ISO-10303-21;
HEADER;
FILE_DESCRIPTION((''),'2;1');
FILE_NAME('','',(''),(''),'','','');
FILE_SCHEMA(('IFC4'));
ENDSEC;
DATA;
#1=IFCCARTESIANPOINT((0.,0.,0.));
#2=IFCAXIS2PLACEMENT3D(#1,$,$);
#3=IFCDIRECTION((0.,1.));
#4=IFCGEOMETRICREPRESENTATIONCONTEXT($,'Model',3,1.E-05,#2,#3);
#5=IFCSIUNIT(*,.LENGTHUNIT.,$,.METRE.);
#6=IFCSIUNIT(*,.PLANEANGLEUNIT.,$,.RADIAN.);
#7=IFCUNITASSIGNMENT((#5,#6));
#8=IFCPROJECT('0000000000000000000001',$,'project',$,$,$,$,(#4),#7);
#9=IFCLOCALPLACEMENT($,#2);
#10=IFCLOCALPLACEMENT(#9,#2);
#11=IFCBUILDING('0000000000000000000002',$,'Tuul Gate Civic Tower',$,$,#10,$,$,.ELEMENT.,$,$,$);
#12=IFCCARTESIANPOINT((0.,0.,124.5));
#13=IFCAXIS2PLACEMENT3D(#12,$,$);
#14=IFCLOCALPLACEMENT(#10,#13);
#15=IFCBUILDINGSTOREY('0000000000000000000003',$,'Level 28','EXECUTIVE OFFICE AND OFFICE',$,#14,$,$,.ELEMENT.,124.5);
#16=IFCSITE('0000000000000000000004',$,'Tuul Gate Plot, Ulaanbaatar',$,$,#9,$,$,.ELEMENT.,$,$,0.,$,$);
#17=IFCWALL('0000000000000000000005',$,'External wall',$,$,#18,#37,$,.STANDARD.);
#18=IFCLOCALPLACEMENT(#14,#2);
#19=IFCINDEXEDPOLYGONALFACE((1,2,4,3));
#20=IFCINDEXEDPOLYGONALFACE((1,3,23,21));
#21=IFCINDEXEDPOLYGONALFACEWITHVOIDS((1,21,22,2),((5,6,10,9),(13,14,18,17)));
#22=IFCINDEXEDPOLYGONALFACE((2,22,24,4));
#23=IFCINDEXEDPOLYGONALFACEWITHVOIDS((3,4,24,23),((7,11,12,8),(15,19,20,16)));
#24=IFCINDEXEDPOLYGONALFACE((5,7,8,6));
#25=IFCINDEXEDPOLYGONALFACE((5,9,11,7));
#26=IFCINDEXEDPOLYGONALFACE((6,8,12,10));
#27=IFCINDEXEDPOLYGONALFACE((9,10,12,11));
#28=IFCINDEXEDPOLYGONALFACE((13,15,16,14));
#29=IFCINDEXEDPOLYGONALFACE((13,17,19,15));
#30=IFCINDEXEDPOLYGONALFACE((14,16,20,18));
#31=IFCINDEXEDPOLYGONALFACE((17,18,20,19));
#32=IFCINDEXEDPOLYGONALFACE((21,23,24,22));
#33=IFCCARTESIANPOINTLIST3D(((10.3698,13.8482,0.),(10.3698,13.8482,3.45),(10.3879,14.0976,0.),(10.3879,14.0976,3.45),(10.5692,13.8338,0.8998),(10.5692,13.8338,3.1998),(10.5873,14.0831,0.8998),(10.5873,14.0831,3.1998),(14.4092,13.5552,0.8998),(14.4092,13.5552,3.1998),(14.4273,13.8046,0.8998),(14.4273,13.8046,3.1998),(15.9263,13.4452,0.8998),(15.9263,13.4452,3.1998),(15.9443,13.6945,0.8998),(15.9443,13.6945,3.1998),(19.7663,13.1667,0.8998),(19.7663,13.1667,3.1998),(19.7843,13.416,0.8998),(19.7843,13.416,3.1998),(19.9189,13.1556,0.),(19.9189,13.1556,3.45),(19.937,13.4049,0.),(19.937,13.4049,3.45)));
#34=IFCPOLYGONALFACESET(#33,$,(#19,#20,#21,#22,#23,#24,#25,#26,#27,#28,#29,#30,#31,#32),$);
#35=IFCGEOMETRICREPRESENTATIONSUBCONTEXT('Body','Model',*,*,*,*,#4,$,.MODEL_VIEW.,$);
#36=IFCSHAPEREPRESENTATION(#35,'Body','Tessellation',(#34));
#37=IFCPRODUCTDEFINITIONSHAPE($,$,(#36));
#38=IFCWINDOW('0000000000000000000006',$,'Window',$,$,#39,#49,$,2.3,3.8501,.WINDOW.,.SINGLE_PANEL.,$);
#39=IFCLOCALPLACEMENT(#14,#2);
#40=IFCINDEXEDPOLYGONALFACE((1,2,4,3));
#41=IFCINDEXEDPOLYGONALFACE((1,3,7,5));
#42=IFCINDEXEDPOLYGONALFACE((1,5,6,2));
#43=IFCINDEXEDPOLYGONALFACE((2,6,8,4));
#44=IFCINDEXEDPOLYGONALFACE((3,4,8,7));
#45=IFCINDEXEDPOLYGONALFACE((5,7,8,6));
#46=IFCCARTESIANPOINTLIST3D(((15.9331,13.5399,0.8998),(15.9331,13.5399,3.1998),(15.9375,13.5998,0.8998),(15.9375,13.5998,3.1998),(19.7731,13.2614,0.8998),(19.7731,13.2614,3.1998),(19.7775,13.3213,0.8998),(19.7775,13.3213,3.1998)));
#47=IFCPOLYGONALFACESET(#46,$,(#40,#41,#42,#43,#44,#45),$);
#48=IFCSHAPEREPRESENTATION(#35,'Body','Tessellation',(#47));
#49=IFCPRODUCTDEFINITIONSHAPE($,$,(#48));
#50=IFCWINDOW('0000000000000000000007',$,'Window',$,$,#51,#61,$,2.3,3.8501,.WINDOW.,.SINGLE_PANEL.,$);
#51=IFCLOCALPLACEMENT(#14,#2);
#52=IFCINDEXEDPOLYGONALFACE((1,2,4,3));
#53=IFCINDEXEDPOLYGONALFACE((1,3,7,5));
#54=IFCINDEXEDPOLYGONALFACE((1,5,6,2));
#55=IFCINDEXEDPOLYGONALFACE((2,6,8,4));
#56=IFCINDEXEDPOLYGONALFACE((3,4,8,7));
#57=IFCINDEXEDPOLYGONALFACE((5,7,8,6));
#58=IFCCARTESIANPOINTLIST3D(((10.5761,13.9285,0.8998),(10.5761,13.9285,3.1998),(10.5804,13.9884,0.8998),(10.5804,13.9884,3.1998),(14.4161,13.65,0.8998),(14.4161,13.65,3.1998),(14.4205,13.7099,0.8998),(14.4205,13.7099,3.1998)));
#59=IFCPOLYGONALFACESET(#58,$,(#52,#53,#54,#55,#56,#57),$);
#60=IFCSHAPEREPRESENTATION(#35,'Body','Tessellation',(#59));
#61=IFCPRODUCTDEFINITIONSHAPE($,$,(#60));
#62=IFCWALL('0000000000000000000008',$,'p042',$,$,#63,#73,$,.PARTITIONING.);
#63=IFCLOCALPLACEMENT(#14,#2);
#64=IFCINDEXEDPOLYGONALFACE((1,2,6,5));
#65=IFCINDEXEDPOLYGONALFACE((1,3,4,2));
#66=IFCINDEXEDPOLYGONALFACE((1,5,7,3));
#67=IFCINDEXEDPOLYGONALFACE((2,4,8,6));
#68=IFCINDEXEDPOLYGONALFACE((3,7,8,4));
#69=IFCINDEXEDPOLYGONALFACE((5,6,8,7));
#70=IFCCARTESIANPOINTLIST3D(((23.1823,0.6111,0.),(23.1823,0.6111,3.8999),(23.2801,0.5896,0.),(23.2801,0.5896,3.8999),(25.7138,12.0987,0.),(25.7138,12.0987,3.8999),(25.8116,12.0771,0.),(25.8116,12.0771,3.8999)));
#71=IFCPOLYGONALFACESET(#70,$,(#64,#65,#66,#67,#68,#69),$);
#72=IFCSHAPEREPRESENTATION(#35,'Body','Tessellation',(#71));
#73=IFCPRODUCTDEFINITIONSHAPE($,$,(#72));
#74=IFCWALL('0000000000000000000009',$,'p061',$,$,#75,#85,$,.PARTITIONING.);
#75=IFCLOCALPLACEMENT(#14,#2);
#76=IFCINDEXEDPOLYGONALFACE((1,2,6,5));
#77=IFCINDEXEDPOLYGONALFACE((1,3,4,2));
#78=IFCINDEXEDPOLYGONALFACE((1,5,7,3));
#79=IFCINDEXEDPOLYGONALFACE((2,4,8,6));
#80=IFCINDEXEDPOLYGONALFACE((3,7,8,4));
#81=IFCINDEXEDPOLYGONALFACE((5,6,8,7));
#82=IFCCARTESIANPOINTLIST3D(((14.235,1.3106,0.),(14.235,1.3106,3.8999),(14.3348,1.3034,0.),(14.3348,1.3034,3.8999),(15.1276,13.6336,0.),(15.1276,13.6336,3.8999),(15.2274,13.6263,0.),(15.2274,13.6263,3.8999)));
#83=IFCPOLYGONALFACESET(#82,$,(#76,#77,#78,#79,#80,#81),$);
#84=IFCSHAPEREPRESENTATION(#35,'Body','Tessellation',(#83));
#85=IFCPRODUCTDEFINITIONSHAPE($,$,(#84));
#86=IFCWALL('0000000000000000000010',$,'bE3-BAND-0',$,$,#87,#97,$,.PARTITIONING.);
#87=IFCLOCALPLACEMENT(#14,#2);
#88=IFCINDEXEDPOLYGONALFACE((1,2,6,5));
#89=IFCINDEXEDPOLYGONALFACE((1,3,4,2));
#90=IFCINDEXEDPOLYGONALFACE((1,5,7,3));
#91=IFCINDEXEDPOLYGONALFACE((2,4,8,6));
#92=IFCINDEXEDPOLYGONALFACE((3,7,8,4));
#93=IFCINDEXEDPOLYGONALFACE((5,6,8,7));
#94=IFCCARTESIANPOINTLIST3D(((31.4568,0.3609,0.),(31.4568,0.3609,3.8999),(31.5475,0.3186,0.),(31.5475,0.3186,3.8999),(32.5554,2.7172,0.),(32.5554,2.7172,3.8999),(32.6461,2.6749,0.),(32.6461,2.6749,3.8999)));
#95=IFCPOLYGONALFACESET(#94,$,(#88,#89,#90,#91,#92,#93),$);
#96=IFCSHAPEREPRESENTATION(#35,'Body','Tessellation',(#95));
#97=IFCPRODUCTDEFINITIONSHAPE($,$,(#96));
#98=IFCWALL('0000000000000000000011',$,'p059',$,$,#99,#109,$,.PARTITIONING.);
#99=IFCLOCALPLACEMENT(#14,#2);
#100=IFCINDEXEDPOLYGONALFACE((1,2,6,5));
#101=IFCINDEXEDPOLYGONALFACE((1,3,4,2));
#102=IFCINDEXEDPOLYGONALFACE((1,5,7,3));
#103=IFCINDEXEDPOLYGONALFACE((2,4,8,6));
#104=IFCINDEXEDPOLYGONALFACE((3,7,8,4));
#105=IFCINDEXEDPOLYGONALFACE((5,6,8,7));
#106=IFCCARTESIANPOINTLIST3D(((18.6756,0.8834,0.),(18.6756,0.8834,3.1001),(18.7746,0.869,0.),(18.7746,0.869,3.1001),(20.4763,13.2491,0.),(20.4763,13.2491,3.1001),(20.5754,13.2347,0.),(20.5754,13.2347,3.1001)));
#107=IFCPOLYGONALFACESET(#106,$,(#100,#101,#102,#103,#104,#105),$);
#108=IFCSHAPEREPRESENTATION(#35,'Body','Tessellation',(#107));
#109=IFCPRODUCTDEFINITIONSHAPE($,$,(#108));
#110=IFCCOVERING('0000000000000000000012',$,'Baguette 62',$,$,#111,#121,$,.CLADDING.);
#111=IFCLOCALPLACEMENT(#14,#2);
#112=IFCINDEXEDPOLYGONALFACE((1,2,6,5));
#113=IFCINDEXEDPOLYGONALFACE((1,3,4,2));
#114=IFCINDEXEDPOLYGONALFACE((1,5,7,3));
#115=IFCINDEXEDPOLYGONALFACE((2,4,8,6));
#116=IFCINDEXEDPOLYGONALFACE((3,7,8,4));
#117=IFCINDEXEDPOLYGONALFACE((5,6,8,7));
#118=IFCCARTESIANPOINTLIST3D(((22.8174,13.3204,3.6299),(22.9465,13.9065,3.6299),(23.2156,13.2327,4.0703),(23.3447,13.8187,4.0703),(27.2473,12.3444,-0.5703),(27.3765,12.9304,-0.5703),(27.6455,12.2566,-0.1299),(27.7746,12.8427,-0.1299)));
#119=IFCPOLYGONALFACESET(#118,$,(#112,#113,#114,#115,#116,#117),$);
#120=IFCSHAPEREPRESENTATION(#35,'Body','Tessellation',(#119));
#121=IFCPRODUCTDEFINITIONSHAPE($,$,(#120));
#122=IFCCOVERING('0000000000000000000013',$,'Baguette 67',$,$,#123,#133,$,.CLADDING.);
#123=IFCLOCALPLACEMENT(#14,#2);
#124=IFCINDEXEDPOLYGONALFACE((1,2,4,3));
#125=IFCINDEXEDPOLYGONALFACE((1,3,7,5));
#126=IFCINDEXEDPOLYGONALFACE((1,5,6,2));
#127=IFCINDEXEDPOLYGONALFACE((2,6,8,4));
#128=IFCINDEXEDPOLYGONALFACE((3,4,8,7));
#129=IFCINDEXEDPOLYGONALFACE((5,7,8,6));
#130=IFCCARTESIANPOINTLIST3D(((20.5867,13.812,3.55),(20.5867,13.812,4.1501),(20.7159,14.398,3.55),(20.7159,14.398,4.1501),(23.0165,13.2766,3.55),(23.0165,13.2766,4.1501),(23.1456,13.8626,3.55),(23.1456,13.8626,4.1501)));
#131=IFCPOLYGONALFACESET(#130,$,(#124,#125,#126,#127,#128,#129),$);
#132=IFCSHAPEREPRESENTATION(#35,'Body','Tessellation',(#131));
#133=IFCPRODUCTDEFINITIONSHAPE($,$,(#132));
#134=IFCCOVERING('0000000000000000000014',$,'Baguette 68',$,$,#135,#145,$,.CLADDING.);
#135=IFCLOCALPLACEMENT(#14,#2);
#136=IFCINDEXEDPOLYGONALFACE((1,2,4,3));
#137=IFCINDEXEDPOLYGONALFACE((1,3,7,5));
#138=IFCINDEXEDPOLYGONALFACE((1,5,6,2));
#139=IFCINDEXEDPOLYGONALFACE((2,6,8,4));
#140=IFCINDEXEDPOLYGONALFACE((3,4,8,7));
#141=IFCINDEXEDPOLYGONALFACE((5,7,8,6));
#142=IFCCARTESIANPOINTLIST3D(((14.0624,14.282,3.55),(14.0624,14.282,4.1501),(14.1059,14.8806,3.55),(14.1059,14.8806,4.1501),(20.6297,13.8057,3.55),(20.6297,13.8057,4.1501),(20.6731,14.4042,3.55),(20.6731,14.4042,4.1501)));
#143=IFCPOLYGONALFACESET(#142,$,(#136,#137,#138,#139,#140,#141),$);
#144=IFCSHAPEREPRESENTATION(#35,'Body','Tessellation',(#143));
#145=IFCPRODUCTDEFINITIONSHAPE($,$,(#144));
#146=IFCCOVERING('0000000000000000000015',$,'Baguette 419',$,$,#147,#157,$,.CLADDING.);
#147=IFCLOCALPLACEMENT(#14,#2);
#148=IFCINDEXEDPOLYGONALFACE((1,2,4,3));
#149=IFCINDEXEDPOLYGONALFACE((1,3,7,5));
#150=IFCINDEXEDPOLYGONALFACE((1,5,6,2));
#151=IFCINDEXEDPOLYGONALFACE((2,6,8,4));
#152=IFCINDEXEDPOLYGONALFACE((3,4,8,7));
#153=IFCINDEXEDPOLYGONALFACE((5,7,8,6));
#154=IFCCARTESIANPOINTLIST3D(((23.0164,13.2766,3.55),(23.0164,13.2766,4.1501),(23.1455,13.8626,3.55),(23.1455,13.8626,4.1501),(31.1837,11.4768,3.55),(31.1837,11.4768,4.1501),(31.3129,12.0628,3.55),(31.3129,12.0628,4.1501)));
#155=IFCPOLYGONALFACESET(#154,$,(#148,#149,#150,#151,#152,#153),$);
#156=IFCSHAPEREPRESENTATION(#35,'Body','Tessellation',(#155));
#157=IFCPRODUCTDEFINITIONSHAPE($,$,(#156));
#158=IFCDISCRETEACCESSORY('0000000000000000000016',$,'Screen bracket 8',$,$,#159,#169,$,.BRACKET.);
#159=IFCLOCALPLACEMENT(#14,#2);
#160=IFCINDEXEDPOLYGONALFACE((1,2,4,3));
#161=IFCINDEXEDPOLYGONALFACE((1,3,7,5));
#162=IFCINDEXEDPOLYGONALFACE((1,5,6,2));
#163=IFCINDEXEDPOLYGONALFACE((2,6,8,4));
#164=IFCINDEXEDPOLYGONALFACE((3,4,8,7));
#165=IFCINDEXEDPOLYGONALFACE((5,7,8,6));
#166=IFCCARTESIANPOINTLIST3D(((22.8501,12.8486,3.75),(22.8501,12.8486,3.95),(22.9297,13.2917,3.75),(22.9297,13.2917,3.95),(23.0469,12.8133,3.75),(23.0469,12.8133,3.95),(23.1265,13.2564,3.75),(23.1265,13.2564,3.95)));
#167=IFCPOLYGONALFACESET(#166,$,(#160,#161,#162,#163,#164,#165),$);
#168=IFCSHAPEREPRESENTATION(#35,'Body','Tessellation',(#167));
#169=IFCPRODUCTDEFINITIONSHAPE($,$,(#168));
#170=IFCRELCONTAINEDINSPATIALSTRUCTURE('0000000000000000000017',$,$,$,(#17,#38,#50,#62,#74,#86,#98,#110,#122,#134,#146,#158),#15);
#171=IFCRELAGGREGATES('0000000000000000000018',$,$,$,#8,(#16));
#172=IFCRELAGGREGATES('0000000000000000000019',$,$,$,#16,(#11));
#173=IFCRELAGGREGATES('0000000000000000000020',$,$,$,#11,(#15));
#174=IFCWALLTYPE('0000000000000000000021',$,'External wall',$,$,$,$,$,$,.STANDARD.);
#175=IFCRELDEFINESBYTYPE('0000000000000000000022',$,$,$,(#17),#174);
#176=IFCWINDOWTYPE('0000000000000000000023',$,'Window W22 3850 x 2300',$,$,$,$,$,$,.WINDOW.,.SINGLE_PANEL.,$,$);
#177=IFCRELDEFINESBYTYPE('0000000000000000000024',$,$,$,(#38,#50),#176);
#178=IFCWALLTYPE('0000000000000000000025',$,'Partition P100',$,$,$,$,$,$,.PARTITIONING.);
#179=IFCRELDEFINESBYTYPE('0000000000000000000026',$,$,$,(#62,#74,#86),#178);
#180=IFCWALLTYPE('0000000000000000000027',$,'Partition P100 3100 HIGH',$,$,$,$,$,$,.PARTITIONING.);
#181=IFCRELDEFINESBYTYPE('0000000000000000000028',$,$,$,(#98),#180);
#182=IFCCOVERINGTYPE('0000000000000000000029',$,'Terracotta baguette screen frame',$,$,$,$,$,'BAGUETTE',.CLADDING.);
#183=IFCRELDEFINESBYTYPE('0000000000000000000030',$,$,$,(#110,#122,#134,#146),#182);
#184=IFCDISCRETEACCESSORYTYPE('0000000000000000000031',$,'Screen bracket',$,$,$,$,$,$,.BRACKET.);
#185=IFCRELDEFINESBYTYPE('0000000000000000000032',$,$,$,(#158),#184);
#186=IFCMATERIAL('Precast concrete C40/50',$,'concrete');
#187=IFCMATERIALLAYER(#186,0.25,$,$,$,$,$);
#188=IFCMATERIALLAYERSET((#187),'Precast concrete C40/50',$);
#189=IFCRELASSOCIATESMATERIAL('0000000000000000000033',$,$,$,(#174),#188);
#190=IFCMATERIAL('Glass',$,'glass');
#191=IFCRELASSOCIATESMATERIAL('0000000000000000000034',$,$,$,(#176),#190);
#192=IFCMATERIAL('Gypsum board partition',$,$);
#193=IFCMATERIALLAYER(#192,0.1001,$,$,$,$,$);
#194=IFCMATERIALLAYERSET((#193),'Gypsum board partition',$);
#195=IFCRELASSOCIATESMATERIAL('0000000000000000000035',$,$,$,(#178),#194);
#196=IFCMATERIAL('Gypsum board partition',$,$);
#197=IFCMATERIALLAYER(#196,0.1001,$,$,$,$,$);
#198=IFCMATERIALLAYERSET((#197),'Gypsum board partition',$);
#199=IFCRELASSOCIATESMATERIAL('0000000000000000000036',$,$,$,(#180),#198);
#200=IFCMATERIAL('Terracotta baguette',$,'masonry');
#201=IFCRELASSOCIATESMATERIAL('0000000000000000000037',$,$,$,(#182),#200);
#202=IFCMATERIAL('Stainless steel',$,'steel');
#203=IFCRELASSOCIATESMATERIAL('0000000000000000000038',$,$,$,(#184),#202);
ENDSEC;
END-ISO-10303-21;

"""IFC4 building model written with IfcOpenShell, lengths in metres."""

from ifc_helpers import new_model, si_unit, direction, frame, frame_2d, origin, origin_2d, place, context, subcontext, project, spatial, rectangle, extrude, material, layer, layer_set, material_profile, profile_set, type_object, element, fill, save


model = new_model("IFC4")

# Units and contexts
model_context = context("Model", 3, precision=1e-05, world=origin(), true_north=direction((0.0, 1.0)))
body_context = subcontext(model_context, "Body", "Model", "MODEL_VIEW")
ifc_project = project(units=[si_unit("LENGTHUNIT", "METRE"), si_unit("PLANEANGLEUNIT", "RADIAN")], contexts=[model_context])

# Site, building, storey
site_placement = place(None, origin())
site = spatial("IfcSite", under=ifc_project, at=site_placement, Name="Tuul Gate Plot, Ulaanbaatar", CompositionType="ELEMENT", RefElevation=0.0)
building_placement = place(site_placement, origin())
building = spatial("IfcBuilding", under=site, at=building_placement, Name="Tuul Gate Civic Tower", CompositionType="ELEMENT")
storey_placement = place(building_placement, frame((0.0, 0.0, 124.5)))
storey = spatial("IfcBuildingStorey", under=building, at=storey_placement, Name="Level 28", Description="EXECUTIVE OFFICE AND OFFICE", CompositionType="ELEMENT", Elevation=124.5)

# Wall, openings, windows
ifc_material_1 = material(Name="Precast concrete C40/50", Category="concrete")
ifc_layer_1 = layer(ifc_material_1, 0.25)
ifc_layer_set_1 = layer_set([ifc_layer_1], Name="Precast concrete C40/50")
wall_type_1 = type_object("IfcWallType", Name="External wall", PredefinedType="STANDARD", material=ifc_layer_set_1)
ifc_material_2 = material(Name="Glass", Category="glass")
window_type = type_object("IfcWindowType", Name="Window W22 3850 x 2300", PartitioningType="SINGLE_PANEL", PredefinedType="WINDOW", material=ifc_material_2)
wall_1_placement = place(storey_placement, frame((19.928, 13.2803, 0.0), z_axis=(0.0, 0.0, 1.0), x_axis=(-0.99738, 0.072343, 0.0)))
wall_1 = element("IfcWall", 1, at=wall_1_placement, inside=storey, type_object=wall_type_1, Name="External wall", PredefinedType="STANDARD", context=body_context, shape_type="SweptSolid", body=[
    extrude(rectangle(XDim=9.5742, YDim=0.25, at=frame_2d((4.7871, 0.0))), origin(), (0.0, 0.0, 1.0), 3.45),
])
opening_1_placement = place(wall_1_placement, frame((0.1531, 0.0, 0.8999)))
opening_1 = element("IfcOpeningElement", 2, at=opening_1_placement, cuts=wall_1, PredefinedType="OPENING", context=body_context, shape_type="SweptSolid", body=[
    extrude(rectangle(XDim=3.8501, YDim=2.3, at=frame_2d((1.925, 1.1499))), frame((0.0, 0.135, 0.0), z_axis=(0.0, -1.0, 0.0), x_axis=(1.0, 0.0, 0.0)), (0.0, 0.0, 1.0), 0.27),
])
opening_2_placement = place(wall_1_placement, frame((5.5242, 0.0, 0.8999)))
opening_2 = element("IfcOpeningElement", 3, at=opening_2_placement, cuts=wall_1, PredefinedType="OPENING", context=body_context, shape_type="SweptSolid", body=[
    extrude(rectangle(XDim=3.8501, YDim=2.3, at=frame_2d((1.925, 1.1499))), frame((0.0, 0.135, 0.0), z_axis=(0.0, -1.0, 0.0), x_axis=(1.0, 0.0, 0.0)), (0.0, 0.0, 1.0), 0.27),
])
window_1_placement = place(opening_1_placement, origin())
window_1 = element("IfcWindow", 4, at=window_1_placement, inside=storey, type_object=window_type, Name="Window", OverallHeight=2.3, OverallWidth=3.8501, PartitioningType="SINGLE_PANEL", PredefinedType="WINDOW", context=body_context, shape_type="SweptSolid", body=[
    extrude(rectangle(XDim=3.8501, YDim=2.3, at=frame_2d((1.925, 1.1499))), frame((0.0, 0.03, 0.0), z_axis=(0.0, -1.0, 0.0), x_axis=(1.0, 0.0, 0.0)), (0.0, 0.0, 1.0), 0.0601),
])
fill(opening_1, window_1)
window_2_placement = place(opening_2_placement, origin())
window_2 = element("IfcWindow", 5, at=window_2_placement, inside=storey, type_object=window_type, Name="Window", OverallHeight=2.3, OverallWidth=3.8501, PartitioningType="SINGLE_PANEL", PredefinedType="WINDOW", context=body_context, shape_type="SweptSolid", body=[
    extrude(rectangle(XDim=3.8501, YDim=2.3, at=frame_2d((1.925, 1.1499))), frame((0.0, 0.03, 0.0), z_axis=(0.0, -1.0, 0.0), x_axis=(1.0, 0.0, 0.0)), (0.0, 0.0, 1.0), 0.0601),
])
fill(opening_2, window_2)

# Walls
ifc_material_3 = material(Name="Gypsum board partition")
ifc_layer_2 = layer(ifc_material_3, 0.1001)
ifc_layer_set_2 = layer_set([ifc_layer_2], Name="Gypsum board partition")
wall_type_2 = type_object("IfcWallType", Name="Partition P100", PredefinedType="PARTITIONING", material=ifc_layer_set_2)
wall_2_placement = place(storey_placement, frame((23.2312, 0.6003, 0.0), z_axis=(0.0, 0.0, 1.0), x_axis=(0.215205, 0.976569, 0.0)))
element("IfcWall", 6, at=wall_2_placement, inside=storey, type_object=wall_type_2, Name="p042", PredefinedType="PARTITIONING", context=body_context, shape_type="SweptSolid", body=[
    extrude(rectangle(XDim=11.7632, YDim=0.1001, at=frame_2d((5.8816, 0.0))), origin(), (0.0, 0.0, 1.0), 3.8999),
])
wall_3_placement = place(storey_placement, frame((14.2849, 1.3069, 0.0), z_axis=(0.0, 0.0, 1.0), x_axis=(0.072243, 0.997387, 0.0)))
element("IfcWall", 7, at=wall_3_placement, inside=storey, type_object=wall_type_2, Name="p061", PredefinedType="PARTITIONING", context=body_context, shape_type="SweptSolid", body=[
    extrude(rectangle(XDim=12.3552, YDim=0.1001, at=frame_2d((6.1777, 0.0))), origin(), (0.0, 0.0, 1.0), 3.8999),
])
wall_4_placement = place(storey_placement, frame((31.5022, 0.3398, 0.0), z_axis=(0.0, 0.0, 1.0), x_axis=(0.422556, 0.906337, 0.0)))
element("IfcWall", 8, at=wall_4_placement, inside=storey, type_object=wall_type_2, Name="bE3-BAND-0", PredefinedType="PARTITIONING", context=body_context, shape_type="SweptSolid", body=[
    extrude(rectangle(XDim=2.5999, YDim=0.1001, at=frame_2d((1.2998, 0.0))), origin(), (0.0, 0.0, 1.0), 3.8999),
])
ifc_material_4 = material(Name="Gypsum board partition")
ifc_layer_3 = layer(ifc_material_4, 0.1001)
ifc_layer_set_3 = layer_set([ifc_layer_3], Name="Gypsum board partition")
wall_type_3 = type_object("IfcWallType", Name="Partition P100 3100 HIGH", PredefinedType="PARTITIONING", material=ifc_layer_set_3)
wall_5_placement = place(storey_placement, frame((18.7251, 0.8762, 0.0), z_axis=(0.0, 0.0, 1.0), x_axis=(0.144107, 0.989562, 0.0)))
element("IfcWall", 9, at=wall_5_placement, inside=storey, type_object=wall_type_3, Name="p059", PredefinedType="PARTITIONING", context=body_context, shape_type="SweptSolid", body=[
    extrude(rectangle(XDim=12.4961, YDim=0.1001, at=frame_2d((6.248, 0.0))), origin(), (0.0, 0.0, 1.0), 3.1001),
])

# Coverings
ifc_material_5 = material(Name="Terracotta baguette", Category="masonry")
ifc_material_profile_1 = material_profile(ifc_material_5, rectangle(XDim=0.6001, YDim=0.6001, at=origin_2d()), Name="Terracotta baguette screen frame")
ifc_profile_set_1 = profile_set([ifc_material_profile_1], Name="Terracotta baguette")
covering_type = type_object("IfcCoveringType", Name="Terracotta baguette screen frame", ElementType="BAGUETTE", PredefinedType="CLADDING", material=ifc_profile_set_1)
covering_1_placement = place(storey_placement, frame((27.511, 12.5935, -0.3501), z_axis=(-0.716571, 0.157887, 0.67941), x_axis=(-0.215175, -0.976576, 0.0)))
element("IfcCovering", 10, at=covering_1_placement, inside=storey, type_object=covering_type, Name="Baguette 62", PredefinedType="CLADDING", context=body_context, shape_type="SweptSolid", body=[
    extrude(rectangle(XDim=0.6001, YDim=0.6001, at=origin_2d()), origin(), (0.0, 0.0, 1.0), 6.1821),
])
covering_2_placement = place(storey_placement, frame((23.0811, 13.5696, 3.8501), z_axis=(-0.976571, 0.215195, 0.0), x_axis=(-0.215195, -0.976571, 0.0)))
element("IfcCovering", 11, at=covering_2_placement, inside=storey, type_object=covering_type, Name="Baguette 67", PredefinedType="CLADDING", context=body_context, shape_type="SweptSolid", body=[
    extrude(rectangle(XDim=0.6001, YDim=0.6001, at=origin_2d()), origin(), (0.0, 0.0, 1.0), 2.488),
])
covering_3_placement = place(storey_placement, frame((20.6514, 14.105, 3.8501), z_axis=(-0.99738, 0.072341, 0.0), x_axis=(-0.072341, -0.99738, 0.0)))
element("IfcCovering", 12, at=covering_3_placement, inside=storey, type_object=covering_type, Name="Baguette 68", PredefinedType="CLADDING", context=body_context, shape_type="SweptSolid", body=[
    extrude(rectangle(XDim=0.6001, YDim=0.6001, at=origin_2d()), origin(), (0.0, 0.0, 1.0), 6.5845),
])
covering_4_placement = place(storey_placement, frame((31.2483, 11.7698, 3.8501), z_axis=(-0.976569, 0.215205, 0.0), x_axis=(-0.215205, -0.976569, 0.0)))
element("IfcCovering", 13, at=covering_4_placement, inside=storey, type_object=covering_type, Name="Baguette 419", PredefinedType="CLADDING", context=body_context, shape_type="SweptSolid", body=[
    extrude(rectangle(XDim=0.6001, YDim=0.6001, at=origin_2d()), origin(), (0.0, 0.0, 1.0), 8.3633),
])

# Discrete accessory
ifc_material_6 = material(Name="Stainless steel", Category="steel")
discrete_accessory_type = type_object("IfcDiscreteAccessoryType", Name="Screen bracket", PredefinedType="BRACKET", material=ifc_material_6)
discrete_accessory_placement = place(storey_placement, frame((22.9883, 13.0525, 3.75), z_axis=(0.0, 0.0, 1.0), x_axis=(0.176812, 0.984245, 0.0)))
element("IfcDiscreteAccessory", 14, at=discrete_accessory_placement, inside=storey, type_object=discrete_accessory_type, Name="Screen bracket 8", PredefinedType="BRACKET", context=body_context, shape_type="SweptSolid", body=[
    extrude(rectangle(XDim=0.4502, YDim=0.2, at=origin_2d()), origin(), (0.0, 0.0, 1.0), 0.2),
])

save(model, "model.ifc")
